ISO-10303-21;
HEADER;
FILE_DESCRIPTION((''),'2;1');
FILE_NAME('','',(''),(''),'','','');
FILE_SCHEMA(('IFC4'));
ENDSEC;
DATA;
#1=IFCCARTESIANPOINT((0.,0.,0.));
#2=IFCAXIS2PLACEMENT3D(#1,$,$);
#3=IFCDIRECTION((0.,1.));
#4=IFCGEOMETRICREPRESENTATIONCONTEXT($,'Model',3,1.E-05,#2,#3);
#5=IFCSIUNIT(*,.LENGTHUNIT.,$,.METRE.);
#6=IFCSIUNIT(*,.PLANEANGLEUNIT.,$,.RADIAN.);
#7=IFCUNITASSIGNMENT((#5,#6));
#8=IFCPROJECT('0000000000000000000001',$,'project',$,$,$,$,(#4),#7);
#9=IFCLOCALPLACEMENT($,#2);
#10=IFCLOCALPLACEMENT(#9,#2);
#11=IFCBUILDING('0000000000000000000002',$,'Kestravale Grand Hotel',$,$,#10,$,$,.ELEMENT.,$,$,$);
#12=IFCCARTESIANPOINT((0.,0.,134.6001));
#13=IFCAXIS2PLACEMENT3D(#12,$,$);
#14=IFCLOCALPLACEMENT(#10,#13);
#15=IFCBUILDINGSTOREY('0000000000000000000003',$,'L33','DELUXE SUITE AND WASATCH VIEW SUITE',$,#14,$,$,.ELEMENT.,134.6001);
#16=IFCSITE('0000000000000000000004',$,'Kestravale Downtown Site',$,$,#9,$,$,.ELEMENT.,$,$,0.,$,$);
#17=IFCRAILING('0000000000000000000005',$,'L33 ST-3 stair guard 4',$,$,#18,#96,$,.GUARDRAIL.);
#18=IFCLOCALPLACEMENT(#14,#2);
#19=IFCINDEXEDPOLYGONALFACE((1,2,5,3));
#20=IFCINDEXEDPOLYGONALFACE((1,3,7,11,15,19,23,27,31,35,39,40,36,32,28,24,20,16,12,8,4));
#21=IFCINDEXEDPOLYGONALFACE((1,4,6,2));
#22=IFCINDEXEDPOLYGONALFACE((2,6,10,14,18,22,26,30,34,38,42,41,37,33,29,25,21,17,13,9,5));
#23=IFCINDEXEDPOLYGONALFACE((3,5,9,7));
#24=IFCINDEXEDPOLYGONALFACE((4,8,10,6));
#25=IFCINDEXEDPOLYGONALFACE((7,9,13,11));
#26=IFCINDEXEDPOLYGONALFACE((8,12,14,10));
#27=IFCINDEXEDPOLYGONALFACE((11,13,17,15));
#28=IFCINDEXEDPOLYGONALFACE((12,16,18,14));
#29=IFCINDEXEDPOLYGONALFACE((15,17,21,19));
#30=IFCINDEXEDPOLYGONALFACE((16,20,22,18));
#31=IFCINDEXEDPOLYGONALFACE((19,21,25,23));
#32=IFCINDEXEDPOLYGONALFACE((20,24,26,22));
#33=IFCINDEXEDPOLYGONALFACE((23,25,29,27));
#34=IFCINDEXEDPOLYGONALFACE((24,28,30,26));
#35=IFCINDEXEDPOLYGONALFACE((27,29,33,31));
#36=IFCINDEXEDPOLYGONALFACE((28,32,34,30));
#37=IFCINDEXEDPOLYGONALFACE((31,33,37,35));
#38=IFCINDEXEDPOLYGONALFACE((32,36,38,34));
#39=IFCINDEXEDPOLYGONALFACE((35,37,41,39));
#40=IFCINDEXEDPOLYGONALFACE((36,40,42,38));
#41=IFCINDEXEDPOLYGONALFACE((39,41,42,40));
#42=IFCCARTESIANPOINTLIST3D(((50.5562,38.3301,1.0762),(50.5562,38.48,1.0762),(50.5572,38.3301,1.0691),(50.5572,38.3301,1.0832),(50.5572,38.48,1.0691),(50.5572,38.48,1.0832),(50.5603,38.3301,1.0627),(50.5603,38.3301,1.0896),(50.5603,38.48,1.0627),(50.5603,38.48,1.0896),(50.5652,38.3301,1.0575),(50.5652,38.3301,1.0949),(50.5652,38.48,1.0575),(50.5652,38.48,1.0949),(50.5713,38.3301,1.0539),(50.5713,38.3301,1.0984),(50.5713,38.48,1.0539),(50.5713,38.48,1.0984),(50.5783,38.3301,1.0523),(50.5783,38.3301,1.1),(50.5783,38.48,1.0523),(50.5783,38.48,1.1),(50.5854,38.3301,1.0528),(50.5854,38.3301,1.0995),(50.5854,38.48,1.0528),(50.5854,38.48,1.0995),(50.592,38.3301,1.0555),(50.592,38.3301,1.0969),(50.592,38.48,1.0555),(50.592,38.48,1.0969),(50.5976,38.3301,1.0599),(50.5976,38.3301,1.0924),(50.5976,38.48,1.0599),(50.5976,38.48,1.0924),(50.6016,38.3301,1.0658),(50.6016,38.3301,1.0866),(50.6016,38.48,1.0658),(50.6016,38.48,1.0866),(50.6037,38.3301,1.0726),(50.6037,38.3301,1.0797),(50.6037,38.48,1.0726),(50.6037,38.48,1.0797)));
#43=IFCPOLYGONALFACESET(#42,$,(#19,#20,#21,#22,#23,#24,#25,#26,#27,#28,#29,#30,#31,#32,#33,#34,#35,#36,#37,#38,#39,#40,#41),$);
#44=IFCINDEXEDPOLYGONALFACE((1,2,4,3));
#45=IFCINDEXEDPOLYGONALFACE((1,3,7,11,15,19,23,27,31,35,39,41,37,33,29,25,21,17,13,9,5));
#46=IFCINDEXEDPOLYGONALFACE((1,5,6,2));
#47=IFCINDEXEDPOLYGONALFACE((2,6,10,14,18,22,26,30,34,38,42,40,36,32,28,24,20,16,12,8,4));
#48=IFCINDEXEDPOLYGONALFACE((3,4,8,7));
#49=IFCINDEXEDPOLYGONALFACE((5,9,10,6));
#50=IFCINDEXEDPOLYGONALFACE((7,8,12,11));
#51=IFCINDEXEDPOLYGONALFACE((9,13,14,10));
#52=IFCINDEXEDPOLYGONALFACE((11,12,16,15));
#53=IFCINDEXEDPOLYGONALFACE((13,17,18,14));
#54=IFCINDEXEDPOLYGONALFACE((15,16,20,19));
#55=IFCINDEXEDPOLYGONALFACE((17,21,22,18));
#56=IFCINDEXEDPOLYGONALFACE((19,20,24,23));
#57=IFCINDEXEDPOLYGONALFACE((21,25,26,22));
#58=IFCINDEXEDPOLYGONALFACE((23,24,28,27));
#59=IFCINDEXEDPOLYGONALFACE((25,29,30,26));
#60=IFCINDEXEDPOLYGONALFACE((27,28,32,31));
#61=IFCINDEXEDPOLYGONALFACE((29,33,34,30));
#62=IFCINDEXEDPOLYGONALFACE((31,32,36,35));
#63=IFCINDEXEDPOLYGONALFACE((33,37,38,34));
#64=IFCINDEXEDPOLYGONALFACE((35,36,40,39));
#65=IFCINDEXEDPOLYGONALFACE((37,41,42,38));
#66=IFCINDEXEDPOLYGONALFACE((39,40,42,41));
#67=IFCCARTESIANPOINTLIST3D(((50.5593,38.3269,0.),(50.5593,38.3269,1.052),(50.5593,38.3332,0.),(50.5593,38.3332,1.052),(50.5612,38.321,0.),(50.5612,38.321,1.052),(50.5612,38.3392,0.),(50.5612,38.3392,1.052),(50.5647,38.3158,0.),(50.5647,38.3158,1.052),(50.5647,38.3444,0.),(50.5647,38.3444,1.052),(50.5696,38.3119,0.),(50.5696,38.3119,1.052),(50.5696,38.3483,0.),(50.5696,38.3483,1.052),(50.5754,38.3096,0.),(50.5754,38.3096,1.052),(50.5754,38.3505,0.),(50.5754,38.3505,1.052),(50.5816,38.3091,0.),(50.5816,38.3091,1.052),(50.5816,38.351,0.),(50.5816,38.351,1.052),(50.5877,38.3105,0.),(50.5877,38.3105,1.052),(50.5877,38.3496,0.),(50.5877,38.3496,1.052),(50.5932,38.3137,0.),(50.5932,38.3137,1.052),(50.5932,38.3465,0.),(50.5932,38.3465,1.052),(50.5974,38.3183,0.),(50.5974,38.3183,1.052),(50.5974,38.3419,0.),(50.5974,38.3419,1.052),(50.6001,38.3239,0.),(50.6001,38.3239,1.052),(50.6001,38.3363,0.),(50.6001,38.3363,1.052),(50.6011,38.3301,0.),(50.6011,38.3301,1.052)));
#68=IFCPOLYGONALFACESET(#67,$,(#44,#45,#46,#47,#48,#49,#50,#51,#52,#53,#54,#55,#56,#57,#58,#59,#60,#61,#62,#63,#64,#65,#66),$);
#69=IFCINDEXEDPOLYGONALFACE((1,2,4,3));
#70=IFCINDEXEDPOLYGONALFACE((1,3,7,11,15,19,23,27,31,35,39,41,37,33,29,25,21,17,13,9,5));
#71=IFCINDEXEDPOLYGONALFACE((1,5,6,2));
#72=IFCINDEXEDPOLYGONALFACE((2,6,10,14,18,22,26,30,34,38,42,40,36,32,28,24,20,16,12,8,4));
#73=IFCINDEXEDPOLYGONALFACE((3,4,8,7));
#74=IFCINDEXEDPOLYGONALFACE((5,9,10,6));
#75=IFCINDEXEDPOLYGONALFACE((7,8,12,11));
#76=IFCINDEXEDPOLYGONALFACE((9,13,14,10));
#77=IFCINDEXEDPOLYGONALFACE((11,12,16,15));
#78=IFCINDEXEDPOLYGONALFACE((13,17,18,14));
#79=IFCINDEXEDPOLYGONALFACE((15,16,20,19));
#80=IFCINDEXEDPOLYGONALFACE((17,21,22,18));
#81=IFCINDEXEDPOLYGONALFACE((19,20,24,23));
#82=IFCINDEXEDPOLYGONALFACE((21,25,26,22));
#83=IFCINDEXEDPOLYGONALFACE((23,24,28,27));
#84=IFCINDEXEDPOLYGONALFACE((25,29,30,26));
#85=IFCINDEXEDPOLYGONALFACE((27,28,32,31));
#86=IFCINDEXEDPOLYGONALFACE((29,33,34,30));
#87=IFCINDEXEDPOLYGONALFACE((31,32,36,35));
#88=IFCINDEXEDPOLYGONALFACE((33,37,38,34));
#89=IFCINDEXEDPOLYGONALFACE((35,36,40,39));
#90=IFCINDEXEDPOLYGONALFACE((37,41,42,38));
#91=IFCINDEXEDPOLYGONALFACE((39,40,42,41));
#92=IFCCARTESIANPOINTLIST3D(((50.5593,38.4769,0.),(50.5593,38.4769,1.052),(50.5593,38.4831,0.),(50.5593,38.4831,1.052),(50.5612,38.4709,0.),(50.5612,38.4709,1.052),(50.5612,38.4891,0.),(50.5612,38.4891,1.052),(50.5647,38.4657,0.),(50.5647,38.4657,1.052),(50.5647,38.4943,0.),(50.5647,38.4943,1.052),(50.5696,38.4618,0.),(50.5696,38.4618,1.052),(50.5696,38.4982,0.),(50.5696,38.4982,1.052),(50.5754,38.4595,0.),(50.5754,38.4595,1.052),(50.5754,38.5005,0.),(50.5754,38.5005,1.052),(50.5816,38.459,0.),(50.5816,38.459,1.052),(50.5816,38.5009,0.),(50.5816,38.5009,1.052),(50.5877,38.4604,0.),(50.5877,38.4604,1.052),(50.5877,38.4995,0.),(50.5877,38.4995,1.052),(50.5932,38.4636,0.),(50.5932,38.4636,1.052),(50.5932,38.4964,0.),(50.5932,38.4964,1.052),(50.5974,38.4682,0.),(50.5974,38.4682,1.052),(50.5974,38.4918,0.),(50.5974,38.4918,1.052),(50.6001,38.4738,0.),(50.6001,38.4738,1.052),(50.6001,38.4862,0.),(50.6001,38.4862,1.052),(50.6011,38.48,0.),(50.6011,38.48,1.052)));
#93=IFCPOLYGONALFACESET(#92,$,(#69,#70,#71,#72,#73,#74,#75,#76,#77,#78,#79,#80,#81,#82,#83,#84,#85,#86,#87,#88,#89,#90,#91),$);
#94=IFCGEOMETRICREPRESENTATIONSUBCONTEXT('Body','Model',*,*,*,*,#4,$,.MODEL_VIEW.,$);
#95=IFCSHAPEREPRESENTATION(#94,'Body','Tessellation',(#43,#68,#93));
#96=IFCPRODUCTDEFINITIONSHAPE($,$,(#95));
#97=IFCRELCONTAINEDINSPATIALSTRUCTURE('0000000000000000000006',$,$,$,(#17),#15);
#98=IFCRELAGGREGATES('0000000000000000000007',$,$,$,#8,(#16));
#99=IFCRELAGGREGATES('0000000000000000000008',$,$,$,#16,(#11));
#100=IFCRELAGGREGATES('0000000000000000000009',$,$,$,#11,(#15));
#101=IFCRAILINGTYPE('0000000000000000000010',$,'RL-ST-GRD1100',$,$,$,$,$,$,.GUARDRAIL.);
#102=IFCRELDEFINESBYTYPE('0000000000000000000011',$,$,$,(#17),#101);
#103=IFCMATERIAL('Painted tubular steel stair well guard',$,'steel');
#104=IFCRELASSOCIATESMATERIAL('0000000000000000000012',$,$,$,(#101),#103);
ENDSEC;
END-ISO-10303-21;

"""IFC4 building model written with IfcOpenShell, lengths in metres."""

from ifc_helpers import new_model, si_unit, direction, frame, origin, origin_2d, place, context, subcontext, project, spatial, circle, extrude, material, type_object, element, save


model = new_model("IFC4")

# Units and contexts
model_context = context("Model", 3, precision=1e-05, world=origin(), true_north=direction((0.0, 1.0)))
body_context = subcontext(model_context, "Body", "Model", "MODEL_VIEW")
ifc_project = project(units=[si_unit("LENGTHUNIT", "METRE"), si_unit("PLANEANGLEUNIT", "RADIAN")], contexts=[model_context])

# Site, building, storey
site_placement = place(None, origin())
site = spatial("IfcSite", under=ifc_project, at=site_placement, Name="Kestravale Downtown Site", CompositionType="ELEMENT", RefElevation=0.0)
building_placement = place(site_placement, origin())
building = spatial("IfcBuilding", under=site, at=building_placement, Name="Kestravale Grand Hotel", CompositionType="ELEMENT")
storey_placement = place(building_placement, frame((0.0, 0.0, 134.6001)))
storey = spatial("IfcBuildingStorey", under=building, at=storey_placement, Name="L33", Description="DELUXE SUITE AND WASATCH VIEW SUITE", CompositionType="ELEMENT", Elevation=134.6001)

# Railing
ifc_material_1 = material(Name="Painted tubular steel stair well guard", Category="steel")
railing_type_1 = type_object("IfcRailingType", Name="RL-ST-GRD1100", PredefinedType="GUARDRAIL", material=ifc_material_1)
railing_1_placement = place(storey_placement, frame((50.5801, 38.3301, 0.0)))
element("IfcRailing", 1, at=railing_1_placement, inside=storey, type_object=railing_type_1, Name="L33 ST-3 stair guard 4", PredefinedType="GUARDRAIL", context=body_context, shape_type="SweptSolid", body=[
    extrude(circle(Radius=0.0239, at=origin_2d()), frame((0.0, 0.0, 1.0762), z_axis=(0.0, 1.0, 0.0), x_axis=(-1.0, 0.0, 0.0)), (0.0, 0.0, 1.0), 0.1499),
    extrude(circle(Radius=0.021, at=origin_2d()), origin(), (0.0, 0.0, 1.0), 1.052),
    extrude(circle(Radius=0.021, at=origin_2d()), frame((0.0, 0.1499, 0.0)), (0.0, 0.0, 1.0), 1.052),
])

save(model, "model.ifc")
